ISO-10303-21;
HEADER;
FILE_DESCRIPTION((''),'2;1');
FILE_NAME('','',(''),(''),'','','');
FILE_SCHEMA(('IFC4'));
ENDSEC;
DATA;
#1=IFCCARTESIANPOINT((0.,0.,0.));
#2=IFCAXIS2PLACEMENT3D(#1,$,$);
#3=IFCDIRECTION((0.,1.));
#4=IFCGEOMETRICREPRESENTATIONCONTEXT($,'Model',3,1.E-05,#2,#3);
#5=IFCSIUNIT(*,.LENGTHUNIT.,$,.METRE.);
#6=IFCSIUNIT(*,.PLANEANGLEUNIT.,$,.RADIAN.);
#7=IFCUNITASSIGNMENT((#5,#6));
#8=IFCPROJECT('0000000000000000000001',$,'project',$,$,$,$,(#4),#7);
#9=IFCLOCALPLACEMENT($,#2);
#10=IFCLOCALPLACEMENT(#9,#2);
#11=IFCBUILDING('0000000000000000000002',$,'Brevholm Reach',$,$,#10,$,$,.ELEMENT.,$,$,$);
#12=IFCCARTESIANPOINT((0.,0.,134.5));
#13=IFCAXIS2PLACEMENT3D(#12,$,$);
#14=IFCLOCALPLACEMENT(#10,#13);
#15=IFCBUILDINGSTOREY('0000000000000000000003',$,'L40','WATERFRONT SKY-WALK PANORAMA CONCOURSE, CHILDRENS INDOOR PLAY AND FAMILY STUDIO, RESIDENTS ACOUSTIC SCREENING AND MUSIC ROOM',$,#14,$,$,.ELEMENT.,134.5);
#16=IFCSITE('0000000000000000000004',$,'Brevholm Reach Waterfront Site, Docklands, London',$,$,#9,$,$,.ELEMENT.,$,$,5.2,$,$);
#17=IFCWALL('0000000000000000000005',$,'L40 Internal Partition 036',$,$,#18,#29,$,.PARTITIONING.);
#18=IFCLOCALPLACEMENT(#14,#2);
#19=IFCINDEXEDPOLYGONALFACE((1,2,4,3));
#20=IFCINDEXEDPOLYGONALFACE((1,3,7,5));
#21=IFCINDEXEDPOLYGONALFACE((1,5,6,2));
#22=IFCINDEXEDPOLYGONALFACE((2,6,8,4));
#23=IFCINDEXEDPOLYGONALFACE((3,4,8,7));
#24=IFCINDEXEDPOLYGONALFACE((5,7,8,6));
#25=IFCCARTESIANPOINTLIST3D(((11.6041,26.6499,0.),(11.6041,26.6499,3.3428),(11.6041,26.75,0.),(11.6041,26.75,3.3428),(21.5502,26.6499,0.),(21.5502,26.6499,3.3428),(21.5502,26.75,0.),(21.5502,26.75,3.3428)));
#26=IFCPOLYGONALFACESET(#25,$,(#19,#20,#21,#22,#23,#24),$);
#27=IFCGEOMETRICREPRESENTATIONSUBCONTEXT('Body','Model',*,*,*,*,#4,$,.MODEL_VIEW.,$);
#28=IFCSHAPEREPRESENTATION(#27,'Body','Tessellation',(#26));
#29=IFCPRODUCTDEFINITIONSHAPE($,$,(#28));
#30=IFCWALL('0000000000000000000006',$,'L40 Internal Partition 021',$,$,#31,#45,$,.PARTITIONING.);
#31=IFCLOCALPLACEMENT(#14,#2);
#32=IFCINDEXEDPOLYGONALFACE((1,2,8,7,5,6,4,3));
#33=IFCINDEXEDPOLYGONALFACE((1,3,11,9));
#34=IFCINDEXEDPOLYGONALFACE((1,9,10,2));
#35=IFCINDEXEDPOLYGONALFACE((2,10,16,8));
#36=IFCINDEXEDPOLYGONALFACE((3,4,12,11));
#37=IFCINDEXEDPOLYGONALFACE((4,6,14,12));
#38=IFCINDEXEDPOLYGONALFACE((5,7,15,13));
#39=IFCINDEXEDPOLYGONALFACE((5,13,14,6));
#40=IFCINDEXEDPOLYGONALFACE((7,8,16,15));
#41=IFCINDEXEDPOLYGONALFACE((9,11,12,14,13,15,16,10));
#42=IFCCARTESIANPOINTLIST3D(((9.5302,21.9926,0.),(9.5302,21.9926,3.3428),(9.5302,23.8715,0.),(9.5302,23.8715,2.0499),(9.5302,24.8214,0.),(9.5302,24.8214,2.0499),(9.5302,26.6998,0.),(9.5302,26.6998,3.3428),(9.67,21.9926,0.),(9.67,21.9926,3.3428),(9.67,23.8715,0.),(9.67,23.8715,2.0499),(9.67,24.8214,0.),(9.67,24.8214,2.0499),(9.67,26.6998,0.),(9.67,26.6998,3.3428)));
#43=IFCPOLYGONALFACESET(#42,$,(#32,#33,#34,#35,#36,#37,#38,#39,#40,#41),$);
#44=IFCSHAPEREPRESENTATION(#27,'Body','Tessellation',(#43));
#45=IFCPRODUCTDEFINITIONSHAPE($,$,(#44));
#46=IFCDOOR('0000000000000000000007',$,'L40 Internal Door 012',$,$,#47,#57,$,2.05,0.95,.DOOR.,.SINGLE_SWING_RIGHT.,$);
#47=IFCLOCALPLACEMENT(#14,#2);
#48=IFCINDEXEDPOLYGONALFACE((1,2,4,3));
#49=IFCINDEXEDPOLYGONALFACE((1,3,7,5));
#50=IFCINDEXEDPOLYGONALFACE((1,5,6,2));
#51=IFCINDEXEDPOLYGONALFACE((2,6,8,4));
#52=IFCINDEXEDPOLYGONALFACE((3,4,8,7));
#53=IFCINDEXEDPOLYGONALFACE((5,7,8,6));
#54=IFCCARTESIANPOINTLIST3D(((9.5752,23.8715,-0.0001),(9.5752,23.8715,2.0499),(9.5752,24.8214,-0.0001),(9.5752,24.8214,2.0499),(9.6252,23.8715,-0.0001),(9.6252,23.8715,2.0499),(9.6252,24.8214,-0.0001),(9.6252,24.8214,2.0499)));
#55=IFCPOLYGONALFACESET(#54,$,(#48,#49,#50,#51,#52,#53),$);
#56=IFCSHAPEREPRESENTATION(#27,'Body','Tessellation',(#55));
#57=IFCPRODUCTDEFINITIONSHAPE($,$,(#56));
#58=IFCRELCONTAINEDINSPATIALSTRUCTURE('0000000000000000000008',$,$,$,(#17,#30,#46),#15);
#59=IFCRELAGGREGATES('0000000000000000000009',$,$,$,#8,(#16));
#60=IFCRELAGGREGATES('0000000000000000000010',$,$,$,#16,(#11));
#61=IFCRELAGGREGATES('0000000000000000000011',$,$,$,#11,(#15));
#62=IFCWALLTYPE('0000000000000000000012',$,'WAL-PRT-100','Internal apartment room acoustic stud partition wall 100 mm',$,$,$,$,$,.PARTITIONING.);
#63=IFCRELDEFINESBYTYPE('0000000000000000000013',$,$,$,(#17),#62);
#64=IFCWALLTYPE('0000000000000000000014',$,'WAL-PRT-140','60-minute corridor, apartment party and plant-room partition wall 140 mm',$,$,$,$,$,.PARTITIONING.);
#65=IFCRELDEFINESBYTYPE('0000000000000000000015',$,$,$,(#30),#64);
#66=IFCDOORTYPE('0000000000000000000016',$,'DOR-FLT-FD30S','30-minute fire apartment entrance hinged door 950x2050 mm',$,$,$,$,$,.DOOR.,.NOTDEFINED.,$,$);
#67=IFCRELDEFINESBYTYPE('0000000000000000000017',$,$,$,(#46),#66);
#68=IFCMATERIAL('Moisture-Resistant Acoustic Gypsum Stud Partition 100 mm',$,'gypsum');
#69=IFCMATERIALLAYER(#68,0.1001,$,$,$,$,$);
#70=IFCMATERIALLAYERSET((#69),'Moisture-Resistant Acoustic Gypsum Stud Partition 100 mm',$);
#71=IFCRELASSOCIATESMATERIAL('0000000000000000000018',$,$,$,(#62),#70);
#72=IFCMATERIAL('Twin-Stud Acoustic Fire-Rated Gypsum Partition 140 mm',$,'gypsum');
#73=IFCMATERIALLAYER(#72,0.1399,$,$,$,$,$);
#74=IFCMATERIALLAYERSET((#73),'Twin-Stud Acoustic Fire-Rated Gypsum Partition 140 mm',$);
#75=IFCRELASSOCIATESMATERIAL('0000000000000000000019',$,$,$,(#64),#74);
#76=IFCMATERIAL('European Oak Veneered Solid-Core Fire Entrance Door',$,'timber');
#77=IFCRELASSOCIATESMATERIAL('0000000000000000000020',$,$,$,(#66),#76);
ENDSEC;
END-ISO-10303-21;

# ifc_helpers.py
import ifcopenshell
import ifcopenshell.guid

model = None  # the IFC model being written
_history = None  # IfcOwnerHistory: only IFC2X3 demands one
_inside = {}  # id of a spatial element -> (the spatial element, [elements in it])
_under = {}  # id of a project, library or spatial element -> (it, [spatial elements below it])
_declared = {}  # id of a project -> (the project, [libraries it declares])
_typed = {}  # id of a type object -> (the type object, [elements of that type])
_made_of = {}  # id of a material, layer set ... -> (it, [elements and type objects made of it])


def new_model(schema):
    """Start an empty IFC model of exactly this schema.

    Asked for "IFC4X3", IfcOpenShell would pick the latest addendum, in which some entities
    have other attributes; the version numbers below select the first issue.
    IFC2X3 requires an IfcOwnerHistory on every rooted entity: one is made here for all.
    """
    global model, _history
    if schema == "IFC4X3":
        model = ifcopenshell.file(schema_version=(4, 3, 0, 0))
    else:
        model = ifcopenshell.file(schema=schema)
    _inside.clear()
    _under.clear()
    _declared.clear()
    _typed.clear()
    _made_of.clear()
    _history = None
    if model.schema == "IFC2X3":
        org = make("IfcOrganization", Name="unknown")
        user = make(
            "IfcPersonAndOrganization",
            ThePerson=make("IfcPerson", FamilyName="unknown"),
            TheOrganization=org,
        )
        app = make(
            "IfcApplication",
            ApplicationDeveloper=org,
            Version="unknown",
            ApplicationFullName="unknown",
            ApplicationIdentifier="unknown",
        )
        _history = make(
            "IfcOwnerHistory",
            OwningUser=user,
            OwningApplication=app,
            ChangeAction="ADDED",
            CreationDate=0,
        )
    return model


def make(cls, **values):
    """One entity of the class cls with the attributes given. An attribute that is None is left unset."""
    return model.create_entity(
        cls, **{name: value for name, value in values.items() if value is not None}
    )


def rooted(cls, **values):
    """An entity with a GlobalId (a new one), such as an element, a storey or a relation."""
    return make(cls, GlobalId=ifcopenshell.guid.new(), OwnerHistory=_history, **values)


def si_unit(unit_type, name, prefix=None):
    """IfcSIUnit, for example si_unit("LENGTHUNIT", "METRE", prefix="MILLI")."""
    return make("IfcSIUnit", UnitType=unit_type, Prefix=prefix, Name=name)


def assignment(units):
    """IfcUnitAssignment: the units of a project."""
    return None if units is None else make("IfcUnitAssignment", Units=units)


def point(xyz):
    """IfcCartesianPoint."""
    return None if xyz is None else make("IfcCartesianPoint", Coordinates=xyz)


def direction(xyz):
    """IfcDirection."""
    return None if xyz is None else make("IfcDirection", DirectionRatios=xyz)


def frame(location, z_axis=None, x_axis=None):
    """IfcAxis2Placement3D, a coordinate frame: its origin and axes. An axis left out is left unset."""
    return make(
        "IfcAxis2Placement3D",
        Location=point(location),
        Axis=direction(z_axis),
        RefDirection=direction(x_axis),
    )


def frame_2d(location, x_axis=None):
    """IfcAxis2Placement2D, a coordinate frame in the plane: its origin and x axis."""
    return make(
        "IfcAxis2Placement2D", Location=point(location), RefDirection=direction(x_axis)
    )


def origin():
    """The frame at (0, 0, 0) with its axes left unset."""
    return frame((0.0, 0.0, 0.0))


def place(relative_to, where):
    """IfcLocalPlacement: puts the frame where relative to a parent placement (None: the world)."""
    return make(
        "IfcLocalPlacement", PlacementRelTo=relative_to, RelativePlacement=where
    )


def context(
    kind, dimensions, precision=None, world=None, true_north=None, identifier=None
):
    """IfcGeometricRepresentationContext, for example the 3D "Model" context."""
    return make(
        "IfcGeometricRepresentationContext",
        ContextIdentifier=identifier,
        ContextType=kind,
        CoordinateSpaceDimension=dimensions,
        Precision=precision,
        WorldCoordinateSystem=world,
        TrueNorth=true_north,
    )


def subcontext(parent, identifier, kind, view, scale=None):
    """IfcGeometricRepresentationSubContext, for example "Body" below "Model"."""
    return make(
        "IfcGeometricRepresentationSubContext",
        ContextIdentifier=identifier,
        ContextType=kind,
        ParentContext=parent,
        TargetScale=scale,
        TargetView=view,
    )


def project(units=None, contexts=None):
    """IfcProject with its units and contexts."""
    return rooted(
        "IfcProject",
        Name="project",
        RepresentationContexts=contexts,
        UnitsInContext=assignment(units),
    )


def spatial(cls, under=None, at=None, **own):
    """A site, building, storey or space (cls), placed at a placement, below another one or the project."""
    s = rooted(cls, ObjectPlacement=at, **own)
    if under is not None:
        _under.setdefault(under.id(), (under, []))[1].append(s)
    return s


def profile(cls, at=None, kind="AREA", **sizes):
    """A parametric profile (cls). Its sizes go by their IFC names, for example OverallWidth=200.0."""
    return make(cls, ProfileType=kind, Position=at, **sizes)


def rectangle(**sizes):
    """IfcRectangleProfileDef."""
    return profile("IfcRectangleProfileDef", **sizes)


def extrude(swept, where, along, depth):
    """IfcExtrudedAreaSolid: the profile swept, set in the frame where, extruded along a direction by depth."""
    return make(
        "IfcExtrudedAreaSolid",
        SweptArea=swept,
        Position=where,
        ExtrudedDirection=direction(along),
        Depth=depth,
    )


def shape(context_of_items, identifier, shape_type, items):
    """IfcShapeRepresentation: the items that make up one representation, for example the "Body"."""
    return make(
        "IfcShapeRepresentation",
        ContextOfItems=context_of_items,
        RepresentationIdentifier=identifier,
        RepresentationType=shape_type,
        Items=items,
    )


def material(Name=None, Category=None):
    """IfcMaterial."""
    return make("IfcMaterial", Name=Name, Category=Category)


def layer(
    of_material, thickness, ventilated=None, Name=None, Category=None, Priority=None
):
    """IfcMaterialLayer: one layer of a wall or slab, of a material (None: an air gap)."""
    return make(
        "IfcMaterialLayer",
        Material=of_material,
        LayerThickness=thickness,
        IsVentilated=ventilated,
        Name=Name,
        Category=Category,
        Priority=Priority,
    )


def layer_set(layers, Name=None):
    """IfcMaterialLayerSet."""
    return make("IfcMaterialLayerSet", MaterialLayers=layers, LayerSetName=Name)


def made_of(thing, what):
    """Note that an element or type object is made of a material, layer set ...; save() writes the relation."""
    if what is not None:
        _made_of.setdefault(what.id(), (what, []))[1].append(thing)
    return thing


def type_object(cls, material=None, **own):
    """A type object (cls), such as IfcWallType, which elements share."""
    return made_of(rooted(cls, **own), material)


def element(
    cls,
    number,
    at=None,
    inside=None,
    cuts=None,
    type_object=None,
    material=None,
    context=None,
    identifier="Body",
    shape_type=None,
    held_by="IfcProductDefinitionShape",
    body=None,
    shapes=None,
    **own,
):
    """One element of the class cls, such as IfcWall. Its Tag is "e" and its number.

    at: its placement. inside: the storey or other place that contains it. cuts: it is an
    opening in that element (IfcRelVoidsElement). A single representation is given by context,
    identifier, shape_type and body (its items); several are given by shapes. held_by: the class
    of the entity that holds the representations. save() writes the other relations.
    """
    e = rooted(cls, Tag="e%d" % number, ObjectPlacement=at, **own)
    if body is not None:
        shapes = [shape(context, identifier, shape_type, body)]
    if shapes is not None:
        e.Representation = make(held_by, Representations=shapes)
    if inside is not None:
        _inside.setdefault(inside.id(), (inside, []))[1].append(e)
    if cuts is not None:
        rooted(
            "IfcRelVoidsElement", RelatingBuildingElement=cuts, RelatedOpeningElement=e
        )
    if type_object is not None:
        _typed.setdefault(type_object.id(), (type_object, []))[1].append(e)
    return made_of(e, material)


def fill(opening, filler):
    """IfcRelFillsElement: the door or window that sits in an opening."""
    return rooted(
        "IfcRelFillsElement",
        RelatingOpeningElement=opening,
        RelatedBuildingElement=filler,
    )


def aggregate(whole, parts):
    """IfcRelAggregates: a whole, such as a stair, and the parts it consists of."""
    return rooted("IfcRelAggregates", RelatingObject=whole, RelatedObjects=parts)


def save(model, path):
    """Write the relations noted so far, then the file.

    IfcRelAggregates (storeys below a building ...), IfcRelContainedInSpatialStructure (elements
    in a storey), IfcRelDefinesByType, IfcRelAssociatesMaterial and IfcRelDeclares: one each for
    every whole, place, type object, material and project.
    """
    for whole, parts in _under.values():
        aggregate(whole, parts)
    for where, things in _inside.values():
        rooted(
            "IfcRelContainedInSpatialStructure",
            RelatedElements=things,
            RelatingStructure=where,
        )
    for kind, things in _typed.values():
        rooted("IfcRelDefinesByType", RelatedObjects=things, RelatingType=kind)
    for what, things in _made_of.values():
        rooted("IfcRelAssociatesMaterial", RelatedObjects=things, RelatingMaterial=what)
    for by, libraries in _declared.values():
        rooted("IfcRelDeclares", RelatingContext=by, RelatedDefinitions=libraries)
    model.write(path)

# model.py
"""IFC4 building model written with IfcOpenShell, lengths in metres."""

from ifc_helpers import new_model, si_unit, direction, frame, frame_2d, origin, place, context, subcontext, project, spatial, rectangle, extrude, material, layer, layer_set, type_object, element, fill, save


model = new_model("IFC4")

# Units and contexts
model_context = context("Model", 3, precision=1e-05, world=origin(), true_north=direction((0.0, 1.0)))
body_context = subcontext(model_context, "Body", "Model", "MODEL_VIEW")
ifc_project = project(units=[si_unit("LENGTHUNIT", "METRE"), si_unit("PLANEANGLEUNIT", "RADIAN")], contexts=[model_context])

# Site, building, storey
site_placement = place(None, origin())
site = spatial("IfcSite", under=ifc_project, at=site_placement, Name="Brevholm Reach Waterfront Site, Docklands, London", CompositionType="ELEMENT", RefElevation=5.2)
building_placement = place(site_placement, origin())
building = spatial("IfcBuilding", under=site, at=building_placement, Name="Brevholm Reach", CompositionType="ELEMENT")
storey_placement = place(building_placement, frame((0.0, 0.0, 134.5)))
storey = spatial("IfcBuildingStorey", under=building, at=storey_placement, Name="L40", Description="WATERFRONT SKY-WALK PANORAMA CONCOURSE, CHILDRENS INDOOR PLAY AND FAMILY STUDIO, RESIDENTS ACOUSTIC SCREENING AND MUSIC ROOM", CompositionType="ELEMENT", Elevation=134.5)

# Wall
ifc_material_1 = material(Name="Moisture-Resistant Acoustic Gypsum Stud Partition 100 mm", Category="gypsum")
ifc_layer_1 = layer(ifc_material_1, 0.1001)
ifc_layer_set_1 = layer_set([ifc_layer_1], Name="Moisture-Resistant Acoustic Gypsum Stud Partition 100 mm")
wall_type_1 = type_object("IfcWallType", Name="WAL-PRT-100", Description="Internal apartment room acoustic stud partition wall 100 mm", PredefinedType="PARTITIONING", material=ifc_layer_set_1)
wall_1_placement = place(storey_placement, frame((11.604, 26.7, 0.0), z_axis=(0.0, 0.0, 1.0), x_axis=(1.0, 0.0, 0.0)))
element("IfcWall", 1, at=wall_1_placement, inside=storey, type_object=wall_type_1, Name="L40 Internal Partition 036", PredefinedType="PARTITIONING", context=body_context, shape_type="SweptSolid", body=[
    extrude(rectangle(XDim=9.946, YDim=0.1001, at=frame_2d((4.9731, 0.0))), origin(), (0.0, 0.0, 1.0), 3.3428),
])

# Wall, opening, door
ifc_material_2 = material(Name="Twin-Stud Acoustic Fire-Rated Gypsum Partition 140 mm", Category="gypsum")
ifc_layer_2 = layer(ifc_material_2, 0.1399)
ifc_layer_set_2 = layer_set([ifc_layer_2], Name="Twin-Stud Acoustic Fire-Rated Gypsum Partition 140 mm")
wall_type_2 = type_object("IfcWallType", Name="WAL-PRT-140", Description="60-minute corridor, apartment party and plant-room partition wall 140 mm", PredefinedType="PARTITIONING", material=ifc_layer_set_2)
wall_2_placement = place(storey_placement, frame((9.6001, 21.9927, 0.0), z_axis=(0.0, 0.0, 1.0), x_axis=(0.0, 1.0, 0.0)))
wall_2 = element("IfcWall", 2, at=wall_2_placement, inside=storey, type_object=wall_type_2, Name="L40 Internal Partition 021", PredefinedType="PARTITIONING", context=body_context, shape_type="SweptSolid", body=[
    extrude(rectangle(XDim=4.7073, YDim=0.1399, at=frame_2d((2.3535, 0.0))), origin(), (0.0, 0.0, 1.0), 3.3428),
])
opening_placement = place(wall_2_placement, frame((1.8787, 0.0, 0.0)))
opening = element("IfcOpeningElement", 3, at=opening_placement, cuts=wall_2, PredefinedType="OPENING", context=body_context, shape_type="SweptSolid", body=[
    extrude(rectangle(XDim=0.95, YDim=2.05, at=frame_2d((0.4751, 1.0249))), frame((0.0, 0.0798, 0.0), z_axis=(0.0, -1.0, 0.0), x_axis=(1.0, 0.0, 0.0)), (0.0, 0.0, 1.0), 0.1599),
])
ifc_material_3 = material(Name="European Oak Veneered Solid-Core Fire Entrance Door", Category="timber")
door_type = type_object("IfcDoorType", Name="DOR-FLT-FD30S", Description="30-minute fire apartment entrance hinged door 950x2050 mm", OperationType="NOTDEFINED", PredefinedType="DOOR", material=ifc_material_3)
door_placement = place(opening_placement, origin())
door = element("IfcDoor", 4, at=door_placement, inside=storey, type_object=door_type, Name="L40 Internal Door 012", OperationType="SINGLE_SWING_RIGHT", OverallHeight=2.05, OverallWidth=0.95, PredefinedType="DOOR", context=body_context, shape_type="SweptSolid", body=[
    extrude(rectangle(XDim=0.95, YDim=2.05, at=frame_2d((0.4751, 1.0249))), frame((0.0, 0.0249, 0.0), z_axis=(0.0, -1.0, 0.0), x_axis=(1.0, 0.0, 0.0)), (0.0, 0.0, 1.0), 0.05),
])
fill(opening, door)

save(model, "model.ifc")
